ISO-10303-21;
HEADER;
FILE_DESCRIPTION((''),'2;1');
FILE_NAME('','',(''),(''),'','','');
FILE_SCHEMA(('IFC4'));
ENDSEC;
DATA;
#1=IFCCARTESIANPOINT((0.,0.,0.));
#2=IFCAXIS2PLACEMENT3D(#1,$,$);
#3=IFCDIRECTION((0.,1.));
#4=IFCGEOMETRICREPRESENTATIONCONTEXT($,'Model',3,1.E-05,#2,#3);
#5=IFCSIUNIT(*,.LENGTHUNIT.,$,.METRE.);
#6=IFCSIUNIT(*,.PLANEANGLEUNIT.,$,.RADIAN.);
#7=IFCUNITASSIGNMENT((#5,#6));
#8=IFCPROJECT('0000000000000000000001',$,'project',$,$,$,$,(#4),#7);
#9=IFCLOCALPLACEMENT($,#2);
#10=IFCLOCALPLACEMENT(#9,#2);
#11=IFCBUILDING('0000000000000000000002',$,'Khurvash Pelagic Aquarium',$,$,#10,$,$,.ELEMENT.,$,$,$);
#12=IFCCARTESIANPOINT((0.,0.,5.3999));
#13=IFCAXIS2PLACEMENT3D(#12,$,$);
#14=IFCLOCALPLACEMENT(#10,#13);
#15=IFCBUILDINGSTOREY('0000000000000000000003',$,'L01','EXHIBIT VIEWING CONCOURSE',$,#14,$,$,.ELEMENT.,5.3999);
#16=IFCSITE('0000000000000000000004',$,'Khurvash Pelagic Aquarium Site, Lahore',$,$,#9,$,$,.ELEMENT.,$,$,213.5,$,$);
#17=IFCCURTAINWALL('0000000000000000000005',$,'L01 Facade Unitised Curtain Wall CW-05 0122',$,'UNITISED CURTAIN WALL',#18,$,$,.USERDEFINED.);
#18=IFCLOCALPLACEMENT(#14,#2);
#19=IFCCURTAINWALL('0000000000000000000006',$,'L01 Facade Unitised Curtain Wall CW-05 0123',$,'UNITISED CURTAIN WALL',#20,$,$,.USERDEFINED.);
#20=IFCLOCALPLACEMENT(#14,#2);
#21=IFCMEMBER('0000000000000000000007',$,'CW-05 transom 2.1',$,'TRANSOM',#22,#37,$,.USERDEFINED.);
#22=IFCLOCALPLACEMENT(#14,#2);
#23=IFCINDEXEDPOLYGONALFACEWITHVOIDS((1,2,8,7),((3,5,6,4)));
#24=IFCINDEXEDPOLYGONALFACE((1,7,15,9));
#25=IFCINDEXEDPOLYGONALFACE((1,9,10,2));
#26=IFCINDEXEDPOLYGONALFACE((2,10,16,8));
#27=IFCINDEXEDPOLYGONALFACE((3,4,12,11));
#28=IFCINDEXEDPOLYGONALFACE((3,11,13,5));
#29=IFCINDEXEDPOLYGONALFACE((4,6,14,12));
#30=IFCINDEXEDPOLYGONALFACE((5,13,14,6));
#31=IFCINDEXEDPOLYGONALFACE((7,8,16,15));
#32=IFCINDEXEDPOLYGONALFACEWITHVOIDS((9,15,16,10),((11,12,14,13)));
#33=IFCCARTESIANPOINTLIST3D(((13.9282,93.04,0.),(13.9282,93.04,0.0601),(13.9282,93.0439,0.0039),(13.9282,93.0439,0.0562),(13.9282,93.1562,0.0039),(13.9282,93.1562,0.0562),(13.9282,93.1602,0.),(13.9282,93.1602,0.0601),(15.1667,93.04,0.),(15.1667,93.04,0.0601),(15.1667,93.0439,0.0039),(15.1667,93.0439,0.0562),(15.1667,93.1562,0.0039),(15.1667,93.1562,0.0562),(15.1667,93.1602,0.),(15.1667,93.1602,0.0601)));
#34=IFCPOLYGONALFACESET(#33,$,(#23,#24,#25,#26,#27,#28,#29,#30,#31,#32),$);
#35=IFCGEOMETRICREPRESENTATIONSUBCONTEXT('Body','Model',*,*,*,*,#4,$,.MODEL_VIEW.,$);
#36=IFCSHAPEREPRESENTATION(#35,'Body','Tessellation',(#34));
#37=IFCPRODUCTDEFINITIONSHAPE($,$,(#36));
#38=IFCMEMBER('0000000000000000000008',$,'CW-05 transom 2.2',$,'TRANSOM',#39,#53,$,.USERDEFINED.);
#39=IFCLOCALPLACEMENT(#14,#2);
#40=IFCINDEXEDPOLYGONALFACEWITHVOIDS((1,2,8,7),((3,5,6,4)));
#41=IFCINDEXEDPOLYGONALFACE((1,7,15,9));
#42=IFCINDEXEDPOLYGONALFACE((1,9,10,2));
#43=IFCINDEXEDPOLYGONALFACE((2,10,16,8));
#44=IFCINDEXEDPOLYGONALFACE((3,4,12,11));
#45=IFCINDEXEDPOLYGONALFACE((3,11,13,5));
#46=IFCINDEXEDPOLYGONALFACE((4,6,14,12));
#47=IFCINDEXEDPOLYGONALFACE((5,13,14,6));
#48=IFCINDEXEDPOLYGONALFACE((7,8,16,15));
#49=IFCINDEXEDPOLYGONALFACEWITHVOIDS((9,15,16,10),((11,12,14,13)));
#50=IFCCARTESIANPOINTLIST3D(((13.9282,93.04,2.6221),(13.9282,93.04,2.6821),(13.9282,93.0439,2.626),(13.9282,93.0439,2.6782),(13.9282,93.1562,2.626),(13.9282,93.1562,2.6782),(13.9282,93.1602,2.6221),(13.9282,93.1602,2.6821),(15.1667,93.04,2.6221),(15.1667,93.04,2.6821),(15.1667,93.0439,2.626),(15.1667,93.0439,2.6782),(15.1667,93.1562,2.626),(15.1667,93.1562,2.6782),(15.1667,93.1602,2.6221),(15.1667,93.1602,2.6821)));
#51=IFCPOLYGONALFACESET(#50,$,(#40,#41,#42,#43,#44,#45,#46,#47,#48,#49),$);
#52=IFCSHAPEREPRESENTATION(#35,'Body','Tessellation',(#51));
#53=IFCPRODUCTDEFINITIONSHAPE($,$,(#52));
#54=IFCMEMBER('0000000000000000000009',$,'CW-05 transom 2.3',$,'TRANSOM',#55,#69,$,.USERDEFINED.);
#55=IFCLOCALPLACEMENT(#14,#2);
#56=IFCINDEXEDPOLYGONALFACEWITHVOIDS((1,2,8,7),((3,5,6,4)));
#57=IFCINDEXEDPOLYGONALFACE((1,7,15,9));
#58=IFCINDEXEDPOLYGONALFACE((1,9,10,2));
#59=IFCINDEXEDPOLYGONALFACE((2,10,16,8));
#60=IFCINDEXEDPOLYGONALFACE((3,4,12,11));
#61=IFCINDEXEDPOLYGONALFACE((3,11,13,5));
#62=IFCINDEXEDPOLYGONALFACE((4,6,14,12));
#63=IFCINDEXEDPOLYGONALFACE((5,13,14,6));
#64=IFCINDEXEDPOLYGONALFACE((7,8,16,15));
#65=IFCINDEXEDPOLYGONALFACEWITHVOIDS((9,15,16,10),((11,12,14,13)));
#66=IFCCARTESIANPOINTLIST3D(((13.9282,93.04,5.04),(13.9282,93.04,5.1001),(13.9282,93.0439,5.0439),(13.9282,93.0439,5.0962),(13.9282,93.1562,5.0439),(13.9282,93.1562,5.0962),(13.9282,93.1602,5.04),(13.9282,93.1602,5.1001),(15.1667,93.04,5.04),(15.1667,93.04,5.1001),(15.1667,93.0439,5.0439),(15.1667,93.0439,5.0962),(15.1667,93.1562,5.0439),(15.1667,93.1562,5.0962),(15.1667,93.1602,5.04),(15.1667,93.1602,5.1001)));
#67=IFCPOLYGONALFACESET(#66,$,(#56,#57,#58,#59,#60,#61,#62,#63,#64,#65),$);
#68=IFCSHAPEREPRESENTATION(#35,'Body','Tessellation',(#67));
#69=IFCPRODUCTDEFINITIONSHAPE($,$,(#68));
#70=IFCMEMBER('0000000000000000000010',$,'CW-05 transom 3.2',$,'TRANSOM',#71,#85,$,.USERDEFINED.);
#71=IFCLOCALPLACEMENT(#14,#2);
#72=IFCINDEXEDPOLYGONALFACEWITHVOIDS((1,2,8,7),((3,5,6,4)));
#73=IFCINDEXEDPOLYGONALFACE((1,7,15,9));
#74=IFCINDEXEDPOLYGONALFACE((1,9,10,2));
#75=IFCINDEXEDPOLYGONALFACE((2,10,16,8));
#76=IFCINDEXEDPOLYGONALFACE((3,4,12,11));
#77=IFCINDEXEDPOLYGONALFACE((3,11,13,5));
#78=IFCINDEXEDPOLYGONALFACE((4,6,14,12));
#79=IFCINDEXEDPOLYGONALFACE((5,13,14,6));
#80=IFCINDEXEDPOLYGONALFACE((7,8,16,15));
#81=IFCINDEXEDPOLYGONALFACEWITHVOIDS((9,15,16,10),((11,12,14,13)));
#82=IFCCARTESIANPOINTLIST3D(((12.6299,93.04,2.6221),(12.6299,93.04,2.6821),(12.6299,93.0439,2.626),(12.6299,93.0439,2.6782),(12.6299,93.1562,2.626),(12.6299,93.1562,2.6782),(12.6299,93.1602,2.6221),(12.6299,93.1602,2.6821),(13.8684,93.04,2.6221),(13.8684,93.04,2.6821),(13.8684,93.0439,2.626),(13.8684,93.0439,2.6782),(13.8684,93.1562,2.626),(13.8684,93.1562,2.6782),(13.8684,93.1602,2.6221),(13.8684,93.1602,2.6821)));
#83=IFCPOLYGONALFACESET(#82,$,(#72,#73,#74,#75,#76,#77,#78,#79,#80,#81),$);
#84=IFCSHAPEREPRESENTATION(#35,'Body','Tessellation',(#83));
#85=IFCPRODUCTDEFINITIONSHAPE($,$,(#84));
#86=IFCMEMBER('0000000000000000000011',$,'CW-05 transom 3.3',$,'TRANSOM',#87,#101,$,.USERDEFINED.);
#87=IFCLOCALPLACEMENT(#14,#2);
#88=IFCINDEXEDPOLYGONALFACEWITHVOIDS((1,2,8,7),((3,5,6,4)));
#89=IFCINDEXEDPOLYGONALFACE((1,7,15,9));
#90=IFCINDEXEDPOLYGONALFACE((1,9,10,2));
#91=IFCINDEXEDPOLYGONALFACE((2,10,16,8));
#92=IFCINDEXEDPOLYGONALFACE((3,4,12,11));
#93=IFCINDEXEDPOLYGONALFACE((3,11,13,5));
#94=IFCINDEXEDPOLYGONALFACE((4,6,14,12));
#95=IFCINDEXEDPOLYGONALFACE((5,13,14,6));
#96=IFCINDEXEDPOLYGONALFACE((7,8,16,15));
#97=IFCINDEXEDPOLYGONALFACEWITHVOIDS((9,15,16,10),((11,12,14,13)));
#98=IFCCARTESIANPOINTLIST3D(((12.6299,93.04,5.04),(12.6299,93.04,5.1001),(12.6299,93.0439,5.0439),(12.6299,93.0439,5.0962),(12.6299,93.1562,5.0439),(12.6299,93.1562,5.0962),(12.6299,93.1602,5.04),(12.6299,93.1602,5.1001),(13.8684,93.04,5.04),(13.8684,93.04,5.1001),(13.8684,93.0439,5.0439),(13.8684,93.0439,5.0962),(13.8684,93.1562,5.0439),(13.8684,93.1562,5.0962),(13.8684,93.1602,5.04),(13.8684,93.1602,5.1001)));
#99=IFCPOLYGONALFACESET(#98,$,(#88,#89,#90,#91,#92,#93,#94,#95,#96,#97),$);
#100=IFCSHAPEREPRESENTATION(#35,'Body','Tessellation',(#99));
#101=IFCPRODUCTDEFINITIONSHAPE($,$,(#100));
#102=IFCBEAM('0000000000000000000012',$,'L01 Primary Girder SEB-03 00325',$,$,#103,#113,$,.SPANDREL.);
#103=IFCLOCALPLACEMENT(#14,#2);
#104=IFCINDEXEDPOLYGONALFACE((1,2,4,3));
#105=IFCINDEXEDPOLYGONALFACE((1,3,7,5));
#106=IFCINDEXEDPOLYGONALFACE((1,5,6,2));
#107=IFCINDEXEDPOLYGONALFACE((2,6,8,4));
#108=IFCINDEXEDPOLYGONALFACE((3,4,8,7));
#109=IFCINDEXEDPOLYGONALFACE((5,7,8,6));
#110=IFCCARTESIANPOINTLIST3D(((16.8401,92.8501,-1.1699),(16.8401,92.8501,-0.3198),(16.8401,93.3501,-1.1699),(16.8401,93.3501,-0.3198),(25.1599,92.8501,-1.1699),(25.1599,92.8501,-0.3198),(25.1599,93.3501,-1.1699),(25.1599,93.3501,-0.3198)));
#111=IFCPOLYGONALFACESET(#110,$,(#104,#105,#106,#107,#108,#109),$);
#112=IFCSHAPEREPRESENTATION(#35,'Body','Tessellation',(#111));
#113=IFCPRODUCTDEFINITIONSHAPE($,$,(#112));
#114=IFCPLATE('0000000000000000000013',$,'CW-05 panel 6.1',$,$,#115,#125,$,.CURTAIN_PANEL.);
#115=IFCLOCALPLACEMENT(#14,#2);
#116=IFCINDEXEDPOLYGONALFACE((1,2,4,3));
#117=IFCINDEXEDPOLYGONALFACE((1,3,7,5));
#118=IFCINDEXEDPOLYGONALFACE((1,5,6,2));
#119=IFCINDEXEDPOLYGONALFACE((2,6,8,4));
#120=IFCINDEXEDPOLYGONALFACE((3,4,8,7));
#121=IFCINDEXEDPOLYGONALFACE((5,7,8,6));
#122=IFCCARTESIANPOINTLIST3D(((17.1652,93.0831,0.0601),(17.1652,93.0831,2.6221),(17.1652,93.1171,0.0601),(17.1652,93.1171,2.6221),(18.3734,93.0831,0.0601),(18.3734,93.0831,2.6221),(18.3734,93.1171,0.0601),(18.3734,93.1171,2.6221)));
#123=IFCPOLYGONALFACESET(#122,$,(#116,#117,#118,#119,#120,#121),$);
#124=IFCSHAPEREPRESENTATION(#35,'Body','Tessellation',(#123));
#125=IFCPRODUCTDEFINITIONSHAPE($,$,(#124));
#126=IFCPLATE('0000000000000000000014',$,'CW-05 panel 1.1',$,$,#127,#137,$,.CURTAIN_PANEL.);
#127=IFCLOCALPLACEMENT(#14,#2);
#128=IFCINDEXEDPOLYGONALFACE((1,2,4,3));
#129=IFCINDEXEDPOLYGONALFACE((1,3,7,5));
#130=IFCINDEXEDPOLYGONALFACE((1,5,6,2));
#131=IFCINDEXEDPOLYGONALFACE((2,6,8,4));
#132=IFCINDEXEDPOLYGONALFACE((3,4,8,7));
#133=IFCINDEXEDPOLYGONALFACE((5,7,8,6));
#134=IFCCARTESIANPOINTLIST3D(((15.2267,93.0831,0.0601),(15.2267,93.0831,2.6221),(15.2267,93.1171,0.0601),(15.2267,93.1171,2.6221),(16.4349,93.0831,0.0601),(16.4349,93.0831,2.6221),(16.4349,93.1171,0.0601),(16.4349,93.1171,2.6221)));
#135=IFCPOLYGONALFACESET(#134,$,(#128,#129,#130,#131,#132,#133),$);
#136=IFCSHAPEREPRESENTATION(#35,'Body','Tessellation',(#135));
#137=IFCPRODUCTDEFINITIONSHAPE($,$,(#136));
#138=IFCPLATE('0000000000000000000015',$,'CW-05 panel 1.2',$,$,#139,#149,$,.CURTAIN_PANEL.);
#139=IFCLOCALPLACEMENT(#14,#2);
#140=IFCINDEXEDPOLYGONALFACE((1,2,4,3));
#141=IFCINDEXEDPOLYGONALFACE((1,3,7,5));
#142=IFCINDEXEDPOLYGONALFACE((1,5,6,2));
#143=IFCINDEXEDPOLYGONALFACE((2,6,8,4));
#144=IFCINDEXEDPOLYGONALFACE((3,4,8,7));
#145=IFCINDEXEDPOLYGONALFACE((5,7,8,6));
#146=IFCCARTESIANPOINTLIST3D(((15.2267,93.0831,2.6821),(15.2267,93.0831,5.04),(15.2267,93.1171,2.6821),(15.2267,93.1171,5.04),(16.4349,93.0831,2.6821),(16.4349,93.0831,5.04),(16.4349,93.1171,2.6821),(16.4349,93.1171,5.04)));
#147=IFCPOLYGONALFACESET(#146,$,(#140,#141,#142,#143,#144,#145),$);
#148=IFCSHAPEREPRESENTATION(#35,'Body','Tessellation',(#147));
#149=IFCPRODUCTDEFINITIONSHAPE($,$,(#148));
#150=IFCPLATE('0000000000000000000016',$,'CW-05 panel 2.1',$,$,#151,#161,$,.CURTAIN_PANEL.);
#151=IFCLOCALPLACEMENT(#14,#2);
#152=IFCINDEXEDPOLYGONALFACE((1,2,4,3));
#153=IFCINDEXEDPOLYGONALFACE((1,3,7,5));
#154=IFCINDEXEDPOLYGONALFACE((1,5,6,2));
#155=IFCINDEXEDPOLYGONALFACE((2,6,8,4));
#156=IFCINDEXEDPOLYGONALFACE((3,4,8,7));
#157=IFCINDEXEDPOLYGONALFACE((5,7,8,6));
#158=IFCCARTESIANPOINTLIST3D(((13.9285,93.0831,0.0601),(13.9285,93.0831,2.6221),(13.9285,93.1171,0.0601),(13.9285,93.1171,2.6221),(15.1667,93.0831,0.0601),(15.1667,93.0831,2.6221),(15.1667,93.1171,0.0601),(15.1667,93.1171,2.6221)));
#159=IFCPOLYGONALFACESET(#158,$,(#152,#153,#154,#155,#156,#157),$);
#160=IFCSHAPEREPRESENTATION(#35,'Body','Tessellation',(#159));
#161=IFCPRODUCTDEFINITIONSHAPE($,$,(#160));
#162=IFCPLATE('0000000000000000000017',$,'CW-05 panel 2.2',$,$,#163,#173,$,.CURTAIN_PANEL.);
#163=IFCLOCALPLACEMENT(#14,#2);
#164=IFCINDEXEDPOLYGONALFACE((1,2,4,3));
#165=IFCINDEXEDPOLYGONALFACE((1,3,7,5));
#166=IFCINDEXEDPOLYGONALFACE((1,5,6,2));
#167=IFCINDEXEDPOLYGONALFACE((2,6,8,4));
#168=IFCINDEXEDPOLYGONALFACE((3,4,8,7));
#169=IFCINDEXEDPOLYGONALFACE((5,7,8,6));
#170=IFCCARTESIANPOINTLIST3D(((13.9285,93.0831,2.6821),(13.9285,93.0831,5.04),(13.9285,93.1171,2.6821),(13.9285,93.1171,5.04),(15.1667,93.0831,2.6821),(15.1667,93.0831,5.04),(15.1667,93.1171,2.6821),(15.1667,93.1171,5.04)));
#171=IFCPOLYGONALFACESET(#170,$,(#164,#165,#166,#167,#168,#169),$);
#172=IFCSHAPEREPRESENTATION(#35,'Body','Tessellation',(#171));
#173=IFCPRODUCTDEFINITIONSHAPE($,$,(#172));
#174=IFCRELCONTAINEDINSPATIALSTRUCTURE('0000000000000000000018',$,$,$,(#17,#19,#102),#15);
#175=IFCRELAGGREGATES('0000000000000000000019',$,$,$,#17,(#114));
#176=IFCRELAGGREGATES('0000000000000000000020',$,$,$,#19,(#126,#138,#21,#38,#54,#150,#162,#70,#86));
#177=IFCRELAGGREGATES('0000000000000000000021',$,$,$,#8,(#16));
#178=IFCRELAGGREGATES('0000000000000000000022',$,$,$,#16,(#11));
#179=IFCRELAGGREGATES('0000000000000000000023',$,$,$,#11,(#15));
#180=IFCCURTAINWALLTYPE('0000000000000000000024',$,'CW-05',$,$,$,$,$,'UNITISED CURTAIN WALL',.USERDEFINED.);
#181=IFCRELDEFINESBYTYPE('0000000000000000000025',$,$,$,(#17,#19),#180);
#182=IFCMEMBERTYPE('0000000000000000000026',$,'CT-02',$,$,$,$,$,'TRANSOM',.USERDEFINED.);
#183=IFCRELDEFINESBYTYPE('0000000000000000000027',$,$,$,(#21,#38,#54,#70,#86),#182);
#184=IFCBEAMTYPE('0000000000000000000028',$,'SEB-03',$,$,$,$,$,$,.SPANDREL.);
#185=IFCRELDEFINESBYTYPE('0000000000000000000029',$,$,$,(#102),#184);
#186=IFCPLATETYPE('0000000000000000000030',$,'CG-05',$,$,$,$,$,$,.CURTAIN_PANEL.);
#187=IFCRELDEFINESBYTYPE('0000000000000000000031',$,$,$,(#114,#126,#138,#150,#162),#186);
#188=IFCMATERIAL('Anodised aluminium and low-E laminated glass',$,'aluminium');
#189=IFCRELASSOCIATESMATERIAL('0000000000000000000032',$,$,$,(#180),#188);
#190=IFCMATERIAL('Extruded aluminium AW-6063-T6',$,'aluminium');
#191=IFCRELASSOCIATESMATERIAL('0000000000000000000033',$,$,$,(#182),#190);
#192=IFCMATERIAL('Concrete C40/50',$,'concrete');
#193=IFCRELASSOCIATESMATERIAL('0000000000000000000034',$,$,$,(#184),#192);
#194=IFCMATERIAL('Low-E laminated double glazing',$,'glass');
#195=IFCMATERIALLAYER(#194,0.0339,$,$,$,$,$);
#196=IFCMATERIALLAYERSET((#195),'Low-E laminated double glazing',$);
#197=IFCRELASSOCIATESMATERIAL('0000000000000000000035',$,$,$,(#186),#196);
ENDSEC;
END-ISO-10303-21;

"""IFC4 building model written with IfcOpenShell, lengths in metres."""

from ifc_helpers import new_model, si_unit, direction, frame, origin, origin_2d, place, context, subcontext, project, spatial, rectangle, hollow_rectangle, extrude, material, layer, layer_set, material_profile, profile_set, type_object, element, aggregate, save


model = new_model("IFC4")

# Units and contexts
model_context = context("Model", 3, precision=1e-05, world=origin(), true_north=direction((0.0, 1.0)))
body_context = subcontext(model_context, "Body", "Model", "MODEL_VIEW")
ifc_project = project(units=[si_unit("LENGTHUNIT", "METRE"), si_unit("PLANEANGLEUNIT", "RADIAN")], contexts=[model_context])

# Site, building, storey
site_placement = place(None, origin())
site = spatial("IfcSite", under=ifc_project, at=site_placement, Name="Khurvash Pelagic Aquarium Site, Lahore", CompositionType="ELEMENT", RefElevation=213.5)
building_placement = place(site_placement, origin())
building = spatial("IfcBuilding", under=site, at=building_placement, Name="Khurvash Pelagic Aquarium", CompositionType="ELEMENT")
storey_placement = place(building_placement, frame((0.0, 0.0, 5.3999)))
storey = spatial("IfcBuildingStorey", under=building, at=storey_placement, Name="L01", Description="EXHIBIT VIEWING CONCOURSE", CompositionType="ELEMENT", Elevation=5.3999)

# Shared definitions
ifc_material_1 = material(Name="Concrete C40/50", Category="concrete")

# Curtain wall
ifc_material_2 = material(Name="Anodised aluminium and low-E laminated glass", Category="aluminium")
curtain_wall_type = type_object("IfcCurtainWallType", Name="CW-05", ElementType="UNITISED CURTAIN WALL", PredefinedType="USERDEFINED", material=ifc_material_2)
curtain_wall_1_placement = place(storey_placement, origin())
curtain_wall_1 = element("IfcCurtainWall", 1, at=curtain_wall_1_placement, inside=storey, type_object=curtain_wall_type, Name="L01 Facade Unitised Curtain Wall CW-05 0122", ObjectType="UNITISED CURTAIN WALL", PredefinedType="USERDEFINED")
ifc_material_3 = material(Name="Extruded aluminium AW-6063-T6", Category="aluminium")

# Curtain wall, members
curtain_wall_2_placement = place(storey_placement, origin())
curtain_wall_2 = element("IfcCurtainWall", 2, at=curtain_wall_2_placement, inside=storey, type_object=curtain_wall_type, Name="L01 Facade Unitised Curtain Wall CW-05 0123", ObjectType="UNITISED CURTAIN WALL", PredefinedType="USERDEFINED")
ifc_material_profile_1 = material_profile(ifc_material_3, hollow_rectangle(XDim=0.1201, YDim=0.0601, WallThickness=0.0039, at=origin_2d()), Name="CWT120X60X4")
ifc_profile_set_1 = profile_set([ifc_material_profile_1], Name="Extruded aluminium AW-6063-T6")
member_type_1 = type_object("IfcMemberType", Name="CT-02", ElementType="TRANSOM", PredefinedType="USERDEFINED", material=ifc_profile_set_1)
member_1_placement = place(storey_placement, frame((15.1667, 93.1001, 0.03), z_axis=(-1.0, 0.0, 0.0), x_axis=(0.0, -1.0, 0.0)))
member_1 = element("IfcMember", 3, at=member_1_placement, type_object=member_type_1, Name="CW-05 transom 2.1", ObjectType="TRANSOM", PredefinedType="USERDEFINED", context=body_context, shape_type="SweptSolid", body=[
    extrude(hollow_rectangle(XDim=0.1201, YDim=0.0601, WallThickness=0.0039, at=origin_2d()), origin(), (0.0, 0.0, 1.0), 1.2385),
])
member_2_placement = place(storey_placement, frame((15.1667, 93.1001, 2.6521), z_axis=(-1.0, 0.0, 0.0), x_axis=(0.0, -1.0, 0.0)))
member_2 = element("IfcMember", 4, at=member_2_placement, type_object=member_type_1, Name="CW-05 transom 2.2", ObjectType="TRANSOM", PredefinedType="USERDEFINED", context=body_context, shape_type="SweptSolid", body=[
    extrude(hollow_rectangle(XDim=0.1201, YDim=0.0601, WallThickness=0.0039, at=origin_2d()), origin(), (0.0, 0.0, 1.0), 1.2385),
])
member_3_placement = place(storey_placement, frame((15.1667, 93.1001, 5.0701), z_axis=(-1.0, 0.0, 0.0), x_axis=(0.0, -1.0, 0.0)))
member_3 = element("IfcMember", 5, at=member_3_placement, type_object=member_type_1, Name="CW-05 transom 2.3", ObjectType="TRANSOM", PredefinedType="USERDEFINED", context=body_context, shape_type="SweptSolid", body=[
    extrude(hollow_rectangle(XDim=0.1201, YDim=0.0601, WallThickness=0.0039, at=origin_2d()), origin(), (0.0, 0.0, 1.0), 1.2385),
])
member_4_placement = place(storey_placement, frame((13.8684, 93.1001, 2.6521), z_axis=(-1.0, 0.0, 0.0), x_axis=(0.0, -1.0, 0.0)))
member_4 = element("IfcMember", 6, at=member_4_placement, type_object=member_type_1, Name="CW-05 transom 3.2", ObjectType="TRANSOM", PredefinedType="USERDEFINED", context=body_context, shape_type="SweptSolid", body=[
    extrude(hollow_rectangle(XDim=0.1201, YDim=0.0601, WallThickness=0.0039, at=origin_2d()), origin(), (0.0, 0.0, 1.0), 1.2385),
])
member_5_placement = place(storey_placement, frame((13.8684, 93.1001, 5.0701), z_axis=(-1.0, 0.0, 0.0), x_axis=(0.0, -1.0, 0.0)))
member_5 = element("IfcMember", 7, at=member_5_placement, type_object=member_type_1, Name="CW-05 transom 3.3", ObjectType="TRANSOM", PredefinedType="USERDEFINED", context=body_context, shape_type="SweptSolid", body=[
    extrude(hollow_rectangle(XDim=0.1201, YDim=0.0601, WallThickness=0.0039, at=origin_2d()), origin(), (0.0, 0.0, 1.0), 1.2385),
])

# Beam
ifc_material_profile_2 = material_profile(ifc_material_1, rectangle(XDim=0.5, YDim=0.8501, at=origin_2d()), Name="RC500X850")
ifc_profile_set_2 = profile_set([ifc_material_profile_2], Name="Concrete C40/50")
beam_type_1 = type_object("IfcBeamType", Name="SEB-03", PredefinedType="SPANDREL", material=ifc_profile_set_2)
beam_1_placement = place(storey_placement, frame((16.8401, 93.1001, -0.7449), z_axis=(1.0, 0.0, 0.0), x_axis=(0.0, 1.0, 0.0)))
element("IfcBeam", 8, at=beam_1_placement, inside=storey, type_object=beam_type_1, Name="L01 Primary Girder SEB-03 00325", PredefinedType="SPANDREL", context=body_context, shape_type="SweptSolid", body=[
    extrude(rectangle(XDim=0.5, YDim=0.8501, at=origin_2d()), origin(), (0.0, 0.0, 1.0), 8.3198),
])

# Plates
ifc_material_4 = material(Name="Low-E laminated double glazing", Category="glass")
ifc_layer = layer(ifc_material_4, 0.0339)
ifc_layer_set = layer_set([ifc_layer], Name="Low-E laminated double glazing")
plate_type = type_object("IfcPlateType", Name="CG-05", PredefinedType="CURTAIN_PANEL", material=ifc_layer_set)
plate_1_placement = place(storey_placement, frame((17.7693, 93.1001, 0.0601), z_axis=(0.0, 0.0, 1.0), x_axis=(-1.0, 0.0, 0.0)))
plate_1 = element("IfcPlate", 9, at=plate_1_placement, type_object=plate_type, Name="CW-05 panel 6.1", PredefinedType="CURTAIN_PANEL", context=body_context, shape_type="SweptSolid", body=[
    extrude(rectangle(XDim=1.2083, YDim=0.0339, at=origin_2d()), origin(), (0.0, 0.0, 1.0), 2.562),
])
aggregate(curtain_wall_1, [plate_1])
plate_2_placement = place(storey_placement, frame((15.8308, 93.1001, 0.0601), z_axis=(0.0, 0.0, 1.0), x_axis=(-1.0, 0.0, 0.0)))
plate_2 = element("IfcPlate", 10, at=plate_2_placement, type_object=plate_type, Name="CW-05 panel 1.1", PredefinedType="CURTAIN_PANEL", context=body_context, shape_type="SweptSolid", body=[
    extrude(rectangle(XDim=1.2083, YDim=0.0339, at=origin_2d()), origin(), (0.0, 0.0, 1.0), 2.562),
])
plate_3_placement = place(storey_placement, frame((15.8308, 93.1001, 2.6821), z_axis=(0.0, 0.0, 1.0), x_axis=(-1.0, 0.0, 0.0)))
plate_3 = element("IfcPlate", 11, at=plate_3_placement, type_object=plate_type, Name="CW-05 panel 1.2", PredefinedType="CURTAIN_PANEL", context=body_context, shape_type="SweptSolid", body=[
    extrude(rectangle(XDim=1.2083, YDim=0.0339, at=origin_2d()), origin(), (0.0, 0.0, 1.0), 2.3579),
])
plate_4_placement = place(storey_placement, frame((14.5476, 93.1001, 0.0601), z_axis=(0.0, 0.0, 1.0), x_axis=(-1.0, 0.0, 0.0)))
plate_4 = element("IfcPlate", 12, at=plate_4_placement, type_object=plate_type, Name="CW-05 panel 2.1", PredefinedType="CURTAIN_PANEL", context=body_context, shape_type="SweptSolid", body=[
    extrude(rectangle(XDim=1.2383, YDim=0.0339, at=origin_2d()), origin(), (0.0, 0.0, 1.0), 2.562),
])
plate_5_placement = place(storey_placement, frame((14.5476, 93.1001, 2.6821), z_axis=(0.0, 0.0, 1.0), x_axis=(-1.0, 0.0, 0.0)))
plate_5 = element("IfcPlate", 13, at=plate_5_placement, type_object=plate_type, Name="CW-05 panel 2.2", PredefinedType="CURTAIN_PANEL", context=body_context, shape_type="SweptSolid", body=[
    extrude(rectangle(XDim=1.2383, YDim=0.0339, at=origin_2d()), origin(), (0.0, 0.0, 1.0), 2.3579),
])
aggregate(curtain_wall_2, [plate_2, plate_3, member_1, member_2, member_3, plate_4, plate_5, member_4, member_5])

save(model, "model.ifc")
